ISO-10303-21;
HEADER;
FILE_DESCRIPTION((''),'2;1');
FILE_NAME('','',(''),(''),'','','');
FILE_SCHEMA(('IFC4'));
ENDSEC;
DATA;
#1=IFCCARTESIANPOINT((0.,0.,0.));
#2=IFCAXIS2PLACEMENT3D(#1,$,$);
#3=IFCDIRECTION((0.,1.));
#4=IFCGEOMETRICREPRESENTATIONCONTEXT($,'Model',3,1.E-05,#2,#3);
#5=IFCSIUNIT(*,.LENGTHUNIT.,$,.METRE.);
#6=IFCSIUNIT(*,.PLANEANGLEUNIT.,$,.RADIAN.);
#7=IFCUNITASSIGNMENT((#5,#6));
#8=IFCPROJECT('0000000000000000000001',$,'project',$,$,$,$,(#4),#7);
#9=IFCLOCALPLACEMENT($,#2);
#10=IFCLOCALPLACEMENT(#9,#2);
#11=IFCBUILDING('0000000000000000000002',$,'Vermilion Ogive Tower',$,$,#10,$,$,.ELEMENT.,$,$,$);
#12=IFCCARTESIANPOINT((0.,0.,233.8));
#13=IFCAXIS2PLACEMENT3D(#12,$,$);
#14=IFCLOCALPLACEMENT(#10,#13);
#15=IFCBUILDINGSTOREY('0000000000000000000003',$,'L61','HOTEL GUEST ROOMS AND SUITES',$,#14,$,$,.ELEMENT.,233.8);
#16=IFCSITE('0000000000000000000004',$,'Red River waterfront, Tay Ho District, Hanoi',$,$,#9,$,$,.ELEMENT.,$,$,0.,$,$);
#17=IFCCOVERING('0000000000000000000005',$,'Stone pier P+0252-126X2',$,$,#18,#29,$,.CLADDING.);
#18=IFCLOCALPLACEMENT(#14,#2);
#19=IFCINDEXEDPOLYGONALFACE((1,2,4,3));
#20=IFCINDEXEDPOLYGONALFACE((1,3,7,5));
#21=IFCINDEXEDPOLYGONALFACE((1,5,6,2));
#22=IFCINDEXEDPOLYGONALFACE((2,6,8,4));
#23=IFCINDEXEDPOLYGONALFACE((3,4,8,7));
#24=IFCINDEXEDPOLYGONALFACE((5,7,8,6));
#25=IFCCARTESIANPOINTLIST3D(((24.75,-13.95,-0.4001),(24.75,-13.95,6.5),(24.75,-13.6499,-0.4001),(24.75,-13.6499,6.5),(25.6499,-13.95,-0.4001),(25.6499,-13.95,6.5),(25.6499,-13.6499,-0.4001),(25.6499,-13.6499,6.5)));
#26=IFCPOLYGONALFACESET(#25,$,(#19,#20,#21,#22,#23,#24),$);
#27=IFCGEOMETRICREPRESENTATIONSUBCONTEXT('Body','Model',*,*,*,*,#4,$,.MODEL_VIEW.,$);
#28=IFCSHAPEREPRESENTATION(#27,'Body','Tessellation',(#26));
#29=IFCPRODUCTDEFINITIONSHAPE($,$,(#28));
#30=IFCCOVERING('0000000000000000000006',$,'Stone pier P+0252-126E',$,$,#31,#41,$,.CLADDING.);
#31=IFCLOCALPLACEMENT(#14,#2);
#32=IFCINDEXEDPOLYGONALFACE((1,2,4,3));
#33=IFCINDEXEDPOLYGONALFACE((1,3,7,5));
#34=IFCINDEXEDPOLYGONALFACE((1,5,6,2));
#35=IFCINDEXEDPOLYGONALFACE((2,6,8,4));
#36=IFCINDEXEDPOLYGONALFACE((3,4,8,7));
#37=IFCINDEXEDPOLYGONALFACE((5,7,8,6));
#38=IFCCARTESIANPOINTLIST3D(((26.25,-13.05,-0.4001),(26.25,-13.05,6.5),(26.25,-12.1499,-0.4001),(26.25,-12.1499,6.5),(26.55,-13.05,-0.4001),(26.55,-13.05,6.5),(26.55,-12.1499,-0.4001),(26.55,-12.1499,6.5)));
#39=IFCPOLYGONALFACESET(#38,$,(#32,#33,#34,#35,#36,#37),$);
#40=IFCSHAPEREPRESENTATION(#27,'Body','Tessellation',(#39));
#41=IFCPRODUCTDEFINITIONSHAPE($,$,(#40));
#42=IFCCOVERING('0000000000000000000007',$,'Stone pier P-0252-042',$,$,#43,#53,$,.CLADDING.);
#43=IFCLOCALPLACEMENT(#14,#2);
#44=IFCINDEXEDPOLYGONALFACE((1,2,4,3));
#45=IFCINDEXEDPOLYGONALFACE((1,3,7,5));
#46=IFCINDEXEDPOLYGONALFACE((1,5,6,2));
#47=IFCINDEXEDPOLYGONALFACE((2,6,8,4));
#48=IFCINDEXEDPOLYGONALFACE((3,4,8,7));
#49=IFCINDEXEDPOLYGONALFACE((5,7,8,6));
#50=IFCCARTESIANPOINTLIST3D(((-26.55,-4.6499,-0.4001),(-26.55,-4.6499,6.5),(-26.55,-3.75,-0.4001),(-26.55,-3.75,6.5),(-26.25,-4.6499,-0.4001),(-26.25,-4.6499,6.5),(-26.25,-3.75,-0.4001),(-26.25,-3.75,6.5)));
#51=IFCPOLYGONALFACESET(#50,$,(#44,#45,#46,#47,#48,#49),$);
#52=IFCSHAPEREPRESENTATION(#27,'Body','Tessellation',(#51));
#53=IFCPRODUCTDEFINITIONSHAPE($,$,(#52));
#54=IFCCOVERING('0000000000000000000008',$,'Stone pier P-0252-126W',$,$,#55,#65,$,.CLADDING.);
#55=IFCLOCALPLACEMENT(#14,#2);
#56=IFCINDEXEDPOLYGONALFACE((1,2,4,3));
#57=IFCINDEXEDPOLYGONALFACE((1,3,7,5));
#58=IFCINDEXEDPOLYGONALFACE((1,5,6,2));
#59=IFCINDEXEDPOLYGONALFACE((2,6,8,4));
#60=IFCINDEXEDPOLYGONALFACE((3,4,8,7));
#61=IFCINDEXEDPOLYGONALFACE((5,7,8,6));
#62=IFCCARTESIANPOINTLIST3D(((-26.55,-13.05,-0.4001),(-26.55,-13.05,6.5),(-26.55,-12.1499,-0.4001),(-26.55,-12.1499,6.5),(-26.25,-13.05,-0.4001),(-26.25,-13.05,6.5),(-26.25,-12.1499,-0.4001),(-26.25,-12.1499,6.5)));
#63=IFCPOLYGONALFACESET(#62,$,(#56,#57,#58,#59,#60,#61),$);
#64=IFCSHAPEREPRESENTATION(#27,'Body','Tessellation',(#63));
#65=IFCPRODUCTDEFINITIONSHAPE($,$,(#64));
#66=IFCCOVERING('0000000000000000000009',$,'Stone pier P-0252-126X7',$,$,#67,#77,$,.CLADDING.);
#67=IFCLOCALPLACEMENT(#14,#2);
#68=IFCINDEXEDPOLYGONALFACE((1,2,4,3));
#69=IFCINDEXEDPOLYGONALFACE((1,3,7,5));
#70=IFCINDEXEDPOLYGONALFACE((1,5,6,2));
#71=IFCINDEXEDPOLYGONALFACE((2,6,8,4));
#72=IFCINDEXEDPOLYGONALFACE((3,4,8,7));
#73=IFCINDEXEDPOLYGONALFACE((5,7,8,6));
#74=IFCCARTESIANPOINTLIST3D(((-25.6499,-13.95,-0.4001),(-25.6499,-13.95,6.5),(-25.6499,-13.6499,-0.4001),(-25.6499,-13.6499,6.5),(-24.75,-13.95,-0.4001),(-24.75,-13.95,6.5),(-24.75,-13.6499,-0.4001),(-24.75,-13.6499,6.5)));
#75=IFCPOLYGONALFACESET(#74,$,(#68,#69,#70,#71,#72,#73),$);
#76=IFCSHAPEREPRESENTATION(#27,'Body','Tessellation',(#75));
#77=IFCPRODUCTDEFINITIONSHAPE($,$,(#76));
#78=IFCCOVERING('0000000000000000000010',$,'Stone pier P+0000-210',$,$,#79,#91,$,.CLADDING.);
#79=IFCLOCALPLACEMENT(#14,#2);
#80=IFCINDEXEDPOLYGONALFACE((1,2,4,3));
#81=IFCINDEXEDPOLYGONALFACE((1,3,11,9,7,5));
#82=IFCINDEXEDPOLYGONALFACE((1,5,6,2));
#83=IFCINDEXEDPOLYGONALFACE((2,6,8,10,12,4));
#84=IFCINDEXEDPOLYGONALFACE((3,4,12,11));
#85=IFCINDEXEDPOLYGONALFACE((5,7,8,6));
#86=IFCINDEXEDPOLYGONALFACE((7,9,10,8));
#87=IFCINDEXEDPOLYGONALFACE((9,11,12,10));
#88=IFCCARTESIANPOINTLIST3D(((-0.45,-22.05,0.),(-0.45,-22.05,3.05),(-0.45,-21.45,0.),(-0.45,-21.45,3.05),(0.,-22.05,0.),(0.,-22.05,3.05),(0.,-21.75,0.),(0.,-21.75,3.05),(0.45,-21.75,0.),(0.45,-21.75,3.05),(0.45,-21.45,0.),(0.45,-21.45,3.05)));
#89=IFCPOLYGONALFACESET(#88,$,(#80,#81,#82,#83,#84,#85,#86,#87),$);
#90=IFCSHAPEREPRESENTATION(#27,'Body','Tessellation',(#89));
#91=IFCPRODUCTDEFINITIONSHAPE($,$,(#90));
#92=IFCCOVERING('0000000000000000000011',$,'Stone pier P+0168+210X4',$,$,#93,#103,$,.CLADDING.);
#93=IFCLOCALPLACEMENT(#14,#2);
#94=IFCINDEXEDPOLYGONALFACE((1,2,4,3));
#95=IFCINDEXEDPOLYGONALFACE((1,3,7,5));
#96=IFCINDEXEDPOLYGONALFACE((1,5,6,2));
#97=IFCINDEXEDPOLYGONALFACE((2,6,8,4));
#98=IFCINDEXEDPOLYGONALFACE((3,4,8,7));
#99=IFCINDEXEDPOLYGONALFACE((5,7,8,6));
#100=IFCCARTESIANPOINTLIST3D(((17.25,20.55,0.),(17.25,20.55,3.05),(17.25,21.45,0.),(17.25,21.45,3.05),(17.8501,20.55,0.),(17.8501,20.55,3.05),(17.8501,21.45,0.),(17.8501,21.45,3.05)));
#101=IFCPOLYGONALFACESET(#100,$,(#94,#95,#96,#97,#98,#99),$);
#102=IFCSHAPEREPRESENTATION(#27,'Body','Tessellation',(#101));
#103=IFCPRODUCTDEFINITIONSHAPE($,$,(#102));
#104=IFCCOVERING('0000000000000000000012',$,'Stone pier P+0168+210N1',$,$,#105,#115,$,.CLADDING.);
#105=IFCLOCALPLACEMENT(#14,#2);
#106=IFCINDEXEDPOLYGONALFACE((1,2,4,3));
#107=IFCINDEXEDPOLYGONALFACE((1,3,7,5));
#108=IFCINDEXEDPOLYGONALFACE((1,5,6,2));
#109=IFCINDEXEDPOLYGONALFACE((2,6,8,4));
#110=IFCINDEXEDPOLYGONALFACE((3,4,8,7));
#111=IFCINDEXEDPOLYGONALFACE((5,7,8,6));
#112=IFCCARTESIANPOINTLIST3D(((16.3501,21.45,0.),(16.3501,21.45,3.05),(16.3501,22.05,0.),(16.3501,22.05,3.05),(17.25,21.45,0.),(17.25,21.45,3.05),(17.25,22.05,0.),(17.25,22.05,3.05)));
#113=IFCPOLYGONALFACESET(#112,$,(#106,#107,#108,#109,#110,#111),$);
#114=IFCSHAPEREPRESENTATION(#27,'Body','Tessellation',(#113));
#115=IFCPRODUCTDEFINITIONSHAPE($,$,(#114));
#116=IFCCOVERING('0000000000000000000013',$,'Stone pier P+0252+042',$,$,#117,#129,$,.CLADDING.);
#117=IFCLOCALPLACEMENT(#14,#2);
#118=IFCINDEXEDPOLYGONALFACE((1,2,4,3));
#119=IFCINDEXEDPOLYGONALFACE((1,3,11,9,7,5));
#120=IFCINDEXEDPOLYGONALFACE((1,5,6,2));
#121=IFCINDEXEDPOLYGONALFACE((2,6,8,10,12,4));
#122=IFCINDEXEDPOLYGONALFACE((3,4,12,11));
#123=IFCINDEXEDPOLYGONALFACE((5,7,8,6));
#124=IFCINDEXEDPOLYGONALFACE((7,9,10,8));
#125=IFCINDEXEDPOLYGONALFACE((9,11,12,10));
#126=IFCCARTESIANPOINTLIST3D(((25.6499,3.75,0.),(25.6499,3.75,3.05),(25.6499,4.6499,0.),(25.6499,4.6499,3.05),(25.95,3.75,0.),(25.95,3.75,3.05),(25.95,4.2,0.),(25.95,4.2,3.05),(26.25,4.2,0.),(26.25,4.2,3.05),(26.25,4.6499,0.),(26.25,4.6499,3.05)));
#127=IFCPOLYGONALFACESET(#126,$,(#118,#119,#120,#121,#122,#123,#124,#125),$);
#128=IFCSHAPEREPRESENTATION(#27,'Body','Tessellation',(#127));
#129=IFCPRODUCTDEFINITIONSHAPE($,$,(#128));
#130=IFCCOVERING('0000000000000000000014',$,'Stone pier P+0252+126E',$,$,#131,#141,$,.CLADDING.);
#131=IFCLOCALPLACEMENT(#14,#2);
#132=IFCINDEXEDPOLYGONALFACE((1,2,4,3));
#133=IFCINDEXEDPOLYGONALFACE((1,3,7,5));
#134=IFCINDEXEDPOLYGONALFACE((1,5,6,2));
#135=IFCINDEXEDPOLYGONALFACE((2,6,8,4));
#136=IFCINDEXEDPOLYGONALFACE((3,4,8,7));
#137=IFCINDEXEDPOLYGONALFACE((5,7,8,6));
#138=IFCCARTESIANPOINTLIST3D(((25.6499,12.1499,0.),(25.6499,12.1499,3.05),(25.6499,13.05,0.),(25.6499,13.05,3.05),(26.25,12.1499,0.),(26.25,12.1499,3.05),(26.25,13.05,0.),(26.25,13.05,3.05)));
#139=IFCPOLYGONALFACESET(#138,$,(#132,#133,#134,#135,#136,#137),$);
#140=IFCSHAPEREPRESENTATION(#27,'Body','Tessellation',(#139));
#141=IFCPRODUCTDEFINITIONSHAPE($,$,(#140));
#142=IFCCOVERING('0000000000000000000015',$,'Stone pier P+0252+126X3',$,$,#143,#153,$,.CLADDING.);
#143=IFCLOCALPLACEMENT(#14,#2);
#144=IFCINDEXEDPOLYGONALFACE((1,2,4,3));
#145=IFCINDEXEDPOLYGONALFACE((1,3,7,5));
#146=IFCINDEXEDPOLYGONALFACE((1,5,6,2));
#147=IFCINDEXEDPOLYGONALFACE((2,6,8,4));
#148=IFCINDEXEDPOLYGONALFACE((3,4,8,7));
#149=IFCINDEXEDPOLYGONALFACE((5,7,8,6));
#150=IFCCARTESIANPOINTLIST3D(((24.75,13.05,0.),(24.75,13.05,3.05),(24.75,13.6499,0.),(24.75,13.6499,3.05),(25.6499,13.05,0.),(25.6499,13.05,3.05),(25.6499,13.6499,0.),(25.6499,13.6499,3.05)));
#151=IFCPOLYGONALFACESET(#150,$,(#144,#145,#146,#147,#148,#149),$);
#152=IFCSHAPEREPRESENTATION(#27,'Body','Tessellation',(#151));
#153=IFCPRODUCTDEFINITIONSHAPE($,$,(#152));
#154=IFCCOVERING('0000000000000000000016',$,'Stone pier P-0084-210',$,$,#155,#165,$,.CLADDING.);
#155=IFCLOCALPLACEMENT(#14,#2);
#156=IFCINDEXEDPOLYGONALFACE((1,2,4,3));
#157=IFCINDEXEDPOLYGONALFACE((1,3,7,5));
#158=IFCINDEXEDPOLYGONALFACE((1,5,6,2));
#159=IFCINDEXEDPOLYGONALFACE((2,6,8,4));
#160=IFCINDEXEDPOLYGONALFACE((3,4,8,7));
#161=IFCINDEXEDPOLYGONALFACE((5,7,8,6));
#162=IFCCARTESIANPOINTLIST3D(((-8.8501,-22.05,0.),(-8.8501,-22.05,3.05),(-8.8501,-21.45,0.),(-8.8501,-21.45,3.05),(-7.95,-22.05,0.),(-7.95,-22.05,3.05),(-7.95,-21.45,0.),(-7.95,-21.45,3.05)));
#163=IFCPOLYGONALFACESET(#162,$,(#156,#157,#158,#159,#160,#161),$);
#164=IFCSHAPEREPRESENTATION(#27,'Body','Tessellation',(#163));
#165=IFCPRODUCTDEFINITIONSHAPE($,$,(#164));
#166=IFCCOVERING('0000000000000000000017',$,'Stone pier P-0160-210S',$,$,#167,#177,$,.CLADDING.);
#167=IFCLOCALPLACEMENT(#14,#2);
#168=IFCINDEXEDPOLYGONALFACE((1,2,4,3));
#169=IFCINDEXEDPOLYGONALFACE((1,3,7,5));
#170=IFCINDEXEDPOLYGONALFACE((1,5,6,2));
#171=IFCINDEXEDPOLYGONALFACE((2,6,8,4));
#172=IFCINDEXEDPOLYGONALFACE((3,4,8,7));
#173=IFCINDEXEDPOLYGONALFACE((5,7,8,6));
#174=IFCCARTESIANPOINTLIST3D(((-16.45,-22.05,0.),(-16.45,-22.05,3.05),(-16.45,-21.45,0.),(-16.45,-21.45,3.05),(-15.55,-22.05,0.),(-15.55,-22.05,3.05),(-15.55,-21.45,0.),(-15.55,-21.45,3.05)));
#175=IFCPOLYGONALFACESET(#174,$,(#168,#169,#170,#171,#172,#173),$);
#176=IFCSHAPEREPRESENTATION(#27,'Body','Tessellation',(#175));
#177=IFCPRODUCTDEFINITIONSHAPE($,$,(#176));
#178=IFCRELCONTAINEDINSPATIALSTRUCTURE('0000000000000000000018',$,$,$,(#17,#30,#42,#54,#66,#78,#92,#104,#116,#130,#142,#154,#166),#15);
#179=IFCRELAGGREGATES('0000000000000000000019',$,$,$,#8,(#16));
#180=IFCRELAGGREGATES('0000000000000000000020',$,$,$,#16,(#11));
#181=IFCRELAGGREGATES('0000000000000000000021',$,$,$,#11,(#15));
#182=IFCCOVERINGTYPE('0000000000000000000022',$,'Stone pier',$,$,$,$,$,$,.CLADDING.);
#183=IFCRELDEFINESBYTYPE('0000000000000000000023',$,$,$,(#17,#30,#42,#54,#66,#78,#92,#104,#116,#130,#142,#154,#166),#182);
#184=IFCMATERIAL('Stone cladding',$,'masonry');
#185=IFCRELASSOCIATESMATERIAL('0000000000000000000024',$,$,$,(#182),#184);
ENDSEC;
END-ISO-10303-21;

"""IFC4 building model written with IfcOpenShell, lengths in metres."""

from ifc_helpers import new_model, si_unit, direction, frame, origin, place, context, subcontext, project, spatial, polyline, outline, extrude, material, type_object, element, save


model = new_model("IFC4")

# Units and contexts
model_context = context("Model", 3, precision=1e-05, world=origin(), true_north=direction((0.0, 1.0)))
body_context = subcontext(model_context, "Body", "Model", "MODEL_VIEW")
ifc_project = project(units=[si_unit("LENGTHUNIT", "METRE"), si_unit("PLANEANGLEUNIT", "RADIAN")], contexts=[model_context])

# Site, building, storey
site_placement = place(None, origin())
site = spatial("IfcSite", under=ifc_project, at=site_placement, Name="Red River waterfront, Tay Ho District, Hanoi", CompositionType="ELEMENT", RefElevation=0.0)
building_placement = place(site_placement, origin())
building = spatial("IfcBuilding", under=site, at=building_placement, Name="Vermilion Ogive Tower", CompositionType="ELEMENT")
storey_placement = place(building_placement, frame((0.0, 0.0, 233.8)))
storey = spatial("IfcBuildingStorey", under=building, at=storey_placement, Name="L61", Description="HOTEL GUEST ROOMS AND SUITES", CompositionType="ELEMENT", Elevation=233.8)

# Coverings
ifc_material = material(Name="Stone cladding", Category="masonry")
covering_type = type_object("IfcCoveringType", Name="Stone pier", PredefinedType="CLADDING", material=ifc_material)
covering_1_placement = place(storey_placement, frame((0.0, 0.0, -0.4001)))
element("IfcCovering", 1, at=covering_1_placement, inside=storey, type_object=covering_type, Name="Stone pier P+0252-126X2", PredefinedType="CLADDING", context=body_context, shape_type="SweptSolid", body=[
    extrude(outline(polyline([(25.6499, -13.95), (24.75, -13.95), (24.75, -13.6499), (25.6499, -13.6499), (25.6499, -13.95)])), origin(), (0.0, 0.0, 1.0), 6.9001),
])
covering_2_placement = place(storey_placement, frame((0.0, 0.0, -0.4001)))
element("IfcCovering", 2, at=covering_2_placement, inside=storey, type_object=covering_type, Name="Stone pier P+0252-126E", PredefinedType="CLADDING", context=body_context, shape_type="SweptSolid", body=[
    extrude(outline(polyline([(26.55, -13.05), (26.25, -13.05), (26.25, -12.1499), (26.55, -12.1499), (26.55, -13.05)])), origin(), (0.0, 0.0, 1.0), 6.9001),
])
covering_3_placement = place(storey_placement, frame((0.0, 0.0, -0.4001)))
element("IfcCovering", 3, at=covering_3_placement, inside=storey, type_object=covering_type, Name="Stone pier P-0252-042", PredefinedType="CLADDING", context=body_context, shape_type="SweptSolid", body=[
    extrude(outline(polyline([(-26.55, -4.6499), (-26.55, -3.75), (-26.25, -3.75), (-26.25, -4.6499), (-26.55, -4.6499)])), origin(), (0.0, 0.0, 1.0), 6.9001),
])
covering_4_placement = place(storey_placement, frame((0.0, 0.0, -0.4001)))
element("IfcCovering", 4, at=covering_4_placement, inside=storey, type_object=covering_type, Name="Stone pier P-0252-126W", PredefinedType="CLADDING", context=body_context, shape_type="SweptSolid", body=[
    extrude(outline(polyline([(-26.55, -13.05), (-26.55, -12.1499), (-26.25, -12.1499), (-26.25, -13.05), (-26.55, -13.05)])), origin(), (0.0, 0.0, 1.0), 6.9001),
])
covering_5_placement = place(storey_placement, frame((0.0, 0.0, -0.4001)))
element("IfcCovering", 5, at=covering_5_placement, inside=storey, type_object=covering_type, Name="Stone pier P-0252-126X7", PredefinedType="CLADDING", context=body_context, shape_type="SweptSolid", body=[
    extrude(outline(polyline([(-25.6499, -13.95), (-25.6499, -13.6499), (-24.75, -13.6499), (-24.75, -13.95), (-25.6499, -13.95)])), origin(), (0.0, 0.0, 1.0), 6.9001),
])
covering_6_placement = place(storey_placement, origin())
element("IfcCovering", 6, at=covering_6_placement, inside=storey, type_object=covering_type, Name="Stone pier P+0000-210", PredefinedType="CLADDING", context=body_context, shape_type="SweptSolid", body=[
    extrude(outline(polyline([(0.45, -21.75), (0.0, -21.75), (0.0, -22.05), (-0.45, -22.05), (-0.45, -21.45), (0.45, -21.45), (0.45, -21.75)])), origin(), (0.0, 0.0, 1.0), 3.05),
])
covering_7_placement = place(storey_placement, origin())
element("IfcCovering", 7, at=covering_7_placement, inside=storey, type_object=covering_type, Name="Stone pier P+0168+210X4", PredefinedType="CLADDING", context=body_context, shape_type="SweptSolid", body=[
    extrude(outline(polyline([(17.8501, 21.45), (17.8501, 20.55), (17.25, 20.55), (17.25, 21.45), (17.8501, 21.45)])), origin(), (0.0, 0.0, 1.0), 3.05),
])
covering_8_placement = place(storey_placement, origin())
element("IfcCovering", 8, at=covering_8_placement, inside=storey, type_object=covering_type, Name="Stone pier P+0168+210N1", PredefinedType="CLADDING", context=body_context, shape_type="SweptSolid", body=[
    extrude(outline(polyline([(17.25, 22.05), (17.25, 21.45), (16.3501, 21.45), (16.3501, 22.05), (17.25, 22.05)])), origin(), (0.0, 0.0, 1.0), 3.05),
])
covering_9_placement = place(storey_placement, origin())
element("IfcCovering", 9, at=covering_9_placement, inside=storey, type_object=covering_type, Name="Stone pier P+0252+042", PredefinedType="CLADDING", context=body_context, shape_type="SweptSolid", body=[
    extrude(outline(polyline([(26.25, 4.6499), (26.25, 4.2), (25.95, 4.2), (25.95, 3.75), (25.6499, 3.75), (25.6499, 4.6499), (26.25, 4.6499)])), origin(), (0.0, 0.0, 1.0), 3.05),
])
covering_10_placement = place(storey_placement, origin())
element("IfcCovering", 10, at=covering_10_placement, inside=storey, type_object=covering_type, Name="Stone pier P+0252+126E", PredefinedType="CLADDING", context=body_context, shape_type="SweptSolid", body=[
    extrude(outline(polyline([(26.25, 13.05), (26.25, 12.1499), (25.6499, 12.1499), (25.6499, 13.05), (26.25, 13.05)])), origin(), (0.0, 0.0, 1.0), 3.05),
])
covering_11_placement = place(storey_placement, origin())
element("IfcCovering", 11, at=covering_11_placement, inside=storey, type_object=covering_type, Name="Stone pier P+0252+126X3", PredefinedType="CLADDING", context=body_context, shape_type="SweptSolid", body=[
    extrude(outline(polyline([(25.6499, 13.6499), (25.6499, 13.05), (24.75, 13.05), (24.75, 13.6499), (25.6499, 13.6499)])), origin(), (0.0, 0.0, 1.0), 3.05),
])
covering_12_placement = place(storey_placement, origin())
element("IfcCovering", 12, at=covering_12_placement, inside=storey, type_object=covering_type, Name="Stone pier P-0084-210", PredefinedType="CLADDING", context=body_context, shape_type="SweptSolid", body=[
    extrude(outline(polyline([(-7.95, -21.45), (-7.95, -22.05), (-8.8501, -22.05), (-8.8501, -21.45), (-8.8501, -21.45), (-7.95, -21.45)])), origin(), (0.0, 0.0, 1.0), 3.05),
])
covering_13_placement = place(storey_placement, origin())
element("IfcCovering", 13, at=covering_13_placement, inside=storey, type_object=covering_type, Name="Stone pier P-0160-210S", PredefinedType="CLADDING", context=body_context, shape_type="SweptSolid", body=[
    extrude(outline(polyline([(-15.55, -22.05), (-16.45, -22.05), (-16.45, -21.45), (-15.55, -21.45), (-15.55, -22.05)])), origin(), (0.0, 0.0, 1.0), 3.05),
])

save(model, "model.ifc")
